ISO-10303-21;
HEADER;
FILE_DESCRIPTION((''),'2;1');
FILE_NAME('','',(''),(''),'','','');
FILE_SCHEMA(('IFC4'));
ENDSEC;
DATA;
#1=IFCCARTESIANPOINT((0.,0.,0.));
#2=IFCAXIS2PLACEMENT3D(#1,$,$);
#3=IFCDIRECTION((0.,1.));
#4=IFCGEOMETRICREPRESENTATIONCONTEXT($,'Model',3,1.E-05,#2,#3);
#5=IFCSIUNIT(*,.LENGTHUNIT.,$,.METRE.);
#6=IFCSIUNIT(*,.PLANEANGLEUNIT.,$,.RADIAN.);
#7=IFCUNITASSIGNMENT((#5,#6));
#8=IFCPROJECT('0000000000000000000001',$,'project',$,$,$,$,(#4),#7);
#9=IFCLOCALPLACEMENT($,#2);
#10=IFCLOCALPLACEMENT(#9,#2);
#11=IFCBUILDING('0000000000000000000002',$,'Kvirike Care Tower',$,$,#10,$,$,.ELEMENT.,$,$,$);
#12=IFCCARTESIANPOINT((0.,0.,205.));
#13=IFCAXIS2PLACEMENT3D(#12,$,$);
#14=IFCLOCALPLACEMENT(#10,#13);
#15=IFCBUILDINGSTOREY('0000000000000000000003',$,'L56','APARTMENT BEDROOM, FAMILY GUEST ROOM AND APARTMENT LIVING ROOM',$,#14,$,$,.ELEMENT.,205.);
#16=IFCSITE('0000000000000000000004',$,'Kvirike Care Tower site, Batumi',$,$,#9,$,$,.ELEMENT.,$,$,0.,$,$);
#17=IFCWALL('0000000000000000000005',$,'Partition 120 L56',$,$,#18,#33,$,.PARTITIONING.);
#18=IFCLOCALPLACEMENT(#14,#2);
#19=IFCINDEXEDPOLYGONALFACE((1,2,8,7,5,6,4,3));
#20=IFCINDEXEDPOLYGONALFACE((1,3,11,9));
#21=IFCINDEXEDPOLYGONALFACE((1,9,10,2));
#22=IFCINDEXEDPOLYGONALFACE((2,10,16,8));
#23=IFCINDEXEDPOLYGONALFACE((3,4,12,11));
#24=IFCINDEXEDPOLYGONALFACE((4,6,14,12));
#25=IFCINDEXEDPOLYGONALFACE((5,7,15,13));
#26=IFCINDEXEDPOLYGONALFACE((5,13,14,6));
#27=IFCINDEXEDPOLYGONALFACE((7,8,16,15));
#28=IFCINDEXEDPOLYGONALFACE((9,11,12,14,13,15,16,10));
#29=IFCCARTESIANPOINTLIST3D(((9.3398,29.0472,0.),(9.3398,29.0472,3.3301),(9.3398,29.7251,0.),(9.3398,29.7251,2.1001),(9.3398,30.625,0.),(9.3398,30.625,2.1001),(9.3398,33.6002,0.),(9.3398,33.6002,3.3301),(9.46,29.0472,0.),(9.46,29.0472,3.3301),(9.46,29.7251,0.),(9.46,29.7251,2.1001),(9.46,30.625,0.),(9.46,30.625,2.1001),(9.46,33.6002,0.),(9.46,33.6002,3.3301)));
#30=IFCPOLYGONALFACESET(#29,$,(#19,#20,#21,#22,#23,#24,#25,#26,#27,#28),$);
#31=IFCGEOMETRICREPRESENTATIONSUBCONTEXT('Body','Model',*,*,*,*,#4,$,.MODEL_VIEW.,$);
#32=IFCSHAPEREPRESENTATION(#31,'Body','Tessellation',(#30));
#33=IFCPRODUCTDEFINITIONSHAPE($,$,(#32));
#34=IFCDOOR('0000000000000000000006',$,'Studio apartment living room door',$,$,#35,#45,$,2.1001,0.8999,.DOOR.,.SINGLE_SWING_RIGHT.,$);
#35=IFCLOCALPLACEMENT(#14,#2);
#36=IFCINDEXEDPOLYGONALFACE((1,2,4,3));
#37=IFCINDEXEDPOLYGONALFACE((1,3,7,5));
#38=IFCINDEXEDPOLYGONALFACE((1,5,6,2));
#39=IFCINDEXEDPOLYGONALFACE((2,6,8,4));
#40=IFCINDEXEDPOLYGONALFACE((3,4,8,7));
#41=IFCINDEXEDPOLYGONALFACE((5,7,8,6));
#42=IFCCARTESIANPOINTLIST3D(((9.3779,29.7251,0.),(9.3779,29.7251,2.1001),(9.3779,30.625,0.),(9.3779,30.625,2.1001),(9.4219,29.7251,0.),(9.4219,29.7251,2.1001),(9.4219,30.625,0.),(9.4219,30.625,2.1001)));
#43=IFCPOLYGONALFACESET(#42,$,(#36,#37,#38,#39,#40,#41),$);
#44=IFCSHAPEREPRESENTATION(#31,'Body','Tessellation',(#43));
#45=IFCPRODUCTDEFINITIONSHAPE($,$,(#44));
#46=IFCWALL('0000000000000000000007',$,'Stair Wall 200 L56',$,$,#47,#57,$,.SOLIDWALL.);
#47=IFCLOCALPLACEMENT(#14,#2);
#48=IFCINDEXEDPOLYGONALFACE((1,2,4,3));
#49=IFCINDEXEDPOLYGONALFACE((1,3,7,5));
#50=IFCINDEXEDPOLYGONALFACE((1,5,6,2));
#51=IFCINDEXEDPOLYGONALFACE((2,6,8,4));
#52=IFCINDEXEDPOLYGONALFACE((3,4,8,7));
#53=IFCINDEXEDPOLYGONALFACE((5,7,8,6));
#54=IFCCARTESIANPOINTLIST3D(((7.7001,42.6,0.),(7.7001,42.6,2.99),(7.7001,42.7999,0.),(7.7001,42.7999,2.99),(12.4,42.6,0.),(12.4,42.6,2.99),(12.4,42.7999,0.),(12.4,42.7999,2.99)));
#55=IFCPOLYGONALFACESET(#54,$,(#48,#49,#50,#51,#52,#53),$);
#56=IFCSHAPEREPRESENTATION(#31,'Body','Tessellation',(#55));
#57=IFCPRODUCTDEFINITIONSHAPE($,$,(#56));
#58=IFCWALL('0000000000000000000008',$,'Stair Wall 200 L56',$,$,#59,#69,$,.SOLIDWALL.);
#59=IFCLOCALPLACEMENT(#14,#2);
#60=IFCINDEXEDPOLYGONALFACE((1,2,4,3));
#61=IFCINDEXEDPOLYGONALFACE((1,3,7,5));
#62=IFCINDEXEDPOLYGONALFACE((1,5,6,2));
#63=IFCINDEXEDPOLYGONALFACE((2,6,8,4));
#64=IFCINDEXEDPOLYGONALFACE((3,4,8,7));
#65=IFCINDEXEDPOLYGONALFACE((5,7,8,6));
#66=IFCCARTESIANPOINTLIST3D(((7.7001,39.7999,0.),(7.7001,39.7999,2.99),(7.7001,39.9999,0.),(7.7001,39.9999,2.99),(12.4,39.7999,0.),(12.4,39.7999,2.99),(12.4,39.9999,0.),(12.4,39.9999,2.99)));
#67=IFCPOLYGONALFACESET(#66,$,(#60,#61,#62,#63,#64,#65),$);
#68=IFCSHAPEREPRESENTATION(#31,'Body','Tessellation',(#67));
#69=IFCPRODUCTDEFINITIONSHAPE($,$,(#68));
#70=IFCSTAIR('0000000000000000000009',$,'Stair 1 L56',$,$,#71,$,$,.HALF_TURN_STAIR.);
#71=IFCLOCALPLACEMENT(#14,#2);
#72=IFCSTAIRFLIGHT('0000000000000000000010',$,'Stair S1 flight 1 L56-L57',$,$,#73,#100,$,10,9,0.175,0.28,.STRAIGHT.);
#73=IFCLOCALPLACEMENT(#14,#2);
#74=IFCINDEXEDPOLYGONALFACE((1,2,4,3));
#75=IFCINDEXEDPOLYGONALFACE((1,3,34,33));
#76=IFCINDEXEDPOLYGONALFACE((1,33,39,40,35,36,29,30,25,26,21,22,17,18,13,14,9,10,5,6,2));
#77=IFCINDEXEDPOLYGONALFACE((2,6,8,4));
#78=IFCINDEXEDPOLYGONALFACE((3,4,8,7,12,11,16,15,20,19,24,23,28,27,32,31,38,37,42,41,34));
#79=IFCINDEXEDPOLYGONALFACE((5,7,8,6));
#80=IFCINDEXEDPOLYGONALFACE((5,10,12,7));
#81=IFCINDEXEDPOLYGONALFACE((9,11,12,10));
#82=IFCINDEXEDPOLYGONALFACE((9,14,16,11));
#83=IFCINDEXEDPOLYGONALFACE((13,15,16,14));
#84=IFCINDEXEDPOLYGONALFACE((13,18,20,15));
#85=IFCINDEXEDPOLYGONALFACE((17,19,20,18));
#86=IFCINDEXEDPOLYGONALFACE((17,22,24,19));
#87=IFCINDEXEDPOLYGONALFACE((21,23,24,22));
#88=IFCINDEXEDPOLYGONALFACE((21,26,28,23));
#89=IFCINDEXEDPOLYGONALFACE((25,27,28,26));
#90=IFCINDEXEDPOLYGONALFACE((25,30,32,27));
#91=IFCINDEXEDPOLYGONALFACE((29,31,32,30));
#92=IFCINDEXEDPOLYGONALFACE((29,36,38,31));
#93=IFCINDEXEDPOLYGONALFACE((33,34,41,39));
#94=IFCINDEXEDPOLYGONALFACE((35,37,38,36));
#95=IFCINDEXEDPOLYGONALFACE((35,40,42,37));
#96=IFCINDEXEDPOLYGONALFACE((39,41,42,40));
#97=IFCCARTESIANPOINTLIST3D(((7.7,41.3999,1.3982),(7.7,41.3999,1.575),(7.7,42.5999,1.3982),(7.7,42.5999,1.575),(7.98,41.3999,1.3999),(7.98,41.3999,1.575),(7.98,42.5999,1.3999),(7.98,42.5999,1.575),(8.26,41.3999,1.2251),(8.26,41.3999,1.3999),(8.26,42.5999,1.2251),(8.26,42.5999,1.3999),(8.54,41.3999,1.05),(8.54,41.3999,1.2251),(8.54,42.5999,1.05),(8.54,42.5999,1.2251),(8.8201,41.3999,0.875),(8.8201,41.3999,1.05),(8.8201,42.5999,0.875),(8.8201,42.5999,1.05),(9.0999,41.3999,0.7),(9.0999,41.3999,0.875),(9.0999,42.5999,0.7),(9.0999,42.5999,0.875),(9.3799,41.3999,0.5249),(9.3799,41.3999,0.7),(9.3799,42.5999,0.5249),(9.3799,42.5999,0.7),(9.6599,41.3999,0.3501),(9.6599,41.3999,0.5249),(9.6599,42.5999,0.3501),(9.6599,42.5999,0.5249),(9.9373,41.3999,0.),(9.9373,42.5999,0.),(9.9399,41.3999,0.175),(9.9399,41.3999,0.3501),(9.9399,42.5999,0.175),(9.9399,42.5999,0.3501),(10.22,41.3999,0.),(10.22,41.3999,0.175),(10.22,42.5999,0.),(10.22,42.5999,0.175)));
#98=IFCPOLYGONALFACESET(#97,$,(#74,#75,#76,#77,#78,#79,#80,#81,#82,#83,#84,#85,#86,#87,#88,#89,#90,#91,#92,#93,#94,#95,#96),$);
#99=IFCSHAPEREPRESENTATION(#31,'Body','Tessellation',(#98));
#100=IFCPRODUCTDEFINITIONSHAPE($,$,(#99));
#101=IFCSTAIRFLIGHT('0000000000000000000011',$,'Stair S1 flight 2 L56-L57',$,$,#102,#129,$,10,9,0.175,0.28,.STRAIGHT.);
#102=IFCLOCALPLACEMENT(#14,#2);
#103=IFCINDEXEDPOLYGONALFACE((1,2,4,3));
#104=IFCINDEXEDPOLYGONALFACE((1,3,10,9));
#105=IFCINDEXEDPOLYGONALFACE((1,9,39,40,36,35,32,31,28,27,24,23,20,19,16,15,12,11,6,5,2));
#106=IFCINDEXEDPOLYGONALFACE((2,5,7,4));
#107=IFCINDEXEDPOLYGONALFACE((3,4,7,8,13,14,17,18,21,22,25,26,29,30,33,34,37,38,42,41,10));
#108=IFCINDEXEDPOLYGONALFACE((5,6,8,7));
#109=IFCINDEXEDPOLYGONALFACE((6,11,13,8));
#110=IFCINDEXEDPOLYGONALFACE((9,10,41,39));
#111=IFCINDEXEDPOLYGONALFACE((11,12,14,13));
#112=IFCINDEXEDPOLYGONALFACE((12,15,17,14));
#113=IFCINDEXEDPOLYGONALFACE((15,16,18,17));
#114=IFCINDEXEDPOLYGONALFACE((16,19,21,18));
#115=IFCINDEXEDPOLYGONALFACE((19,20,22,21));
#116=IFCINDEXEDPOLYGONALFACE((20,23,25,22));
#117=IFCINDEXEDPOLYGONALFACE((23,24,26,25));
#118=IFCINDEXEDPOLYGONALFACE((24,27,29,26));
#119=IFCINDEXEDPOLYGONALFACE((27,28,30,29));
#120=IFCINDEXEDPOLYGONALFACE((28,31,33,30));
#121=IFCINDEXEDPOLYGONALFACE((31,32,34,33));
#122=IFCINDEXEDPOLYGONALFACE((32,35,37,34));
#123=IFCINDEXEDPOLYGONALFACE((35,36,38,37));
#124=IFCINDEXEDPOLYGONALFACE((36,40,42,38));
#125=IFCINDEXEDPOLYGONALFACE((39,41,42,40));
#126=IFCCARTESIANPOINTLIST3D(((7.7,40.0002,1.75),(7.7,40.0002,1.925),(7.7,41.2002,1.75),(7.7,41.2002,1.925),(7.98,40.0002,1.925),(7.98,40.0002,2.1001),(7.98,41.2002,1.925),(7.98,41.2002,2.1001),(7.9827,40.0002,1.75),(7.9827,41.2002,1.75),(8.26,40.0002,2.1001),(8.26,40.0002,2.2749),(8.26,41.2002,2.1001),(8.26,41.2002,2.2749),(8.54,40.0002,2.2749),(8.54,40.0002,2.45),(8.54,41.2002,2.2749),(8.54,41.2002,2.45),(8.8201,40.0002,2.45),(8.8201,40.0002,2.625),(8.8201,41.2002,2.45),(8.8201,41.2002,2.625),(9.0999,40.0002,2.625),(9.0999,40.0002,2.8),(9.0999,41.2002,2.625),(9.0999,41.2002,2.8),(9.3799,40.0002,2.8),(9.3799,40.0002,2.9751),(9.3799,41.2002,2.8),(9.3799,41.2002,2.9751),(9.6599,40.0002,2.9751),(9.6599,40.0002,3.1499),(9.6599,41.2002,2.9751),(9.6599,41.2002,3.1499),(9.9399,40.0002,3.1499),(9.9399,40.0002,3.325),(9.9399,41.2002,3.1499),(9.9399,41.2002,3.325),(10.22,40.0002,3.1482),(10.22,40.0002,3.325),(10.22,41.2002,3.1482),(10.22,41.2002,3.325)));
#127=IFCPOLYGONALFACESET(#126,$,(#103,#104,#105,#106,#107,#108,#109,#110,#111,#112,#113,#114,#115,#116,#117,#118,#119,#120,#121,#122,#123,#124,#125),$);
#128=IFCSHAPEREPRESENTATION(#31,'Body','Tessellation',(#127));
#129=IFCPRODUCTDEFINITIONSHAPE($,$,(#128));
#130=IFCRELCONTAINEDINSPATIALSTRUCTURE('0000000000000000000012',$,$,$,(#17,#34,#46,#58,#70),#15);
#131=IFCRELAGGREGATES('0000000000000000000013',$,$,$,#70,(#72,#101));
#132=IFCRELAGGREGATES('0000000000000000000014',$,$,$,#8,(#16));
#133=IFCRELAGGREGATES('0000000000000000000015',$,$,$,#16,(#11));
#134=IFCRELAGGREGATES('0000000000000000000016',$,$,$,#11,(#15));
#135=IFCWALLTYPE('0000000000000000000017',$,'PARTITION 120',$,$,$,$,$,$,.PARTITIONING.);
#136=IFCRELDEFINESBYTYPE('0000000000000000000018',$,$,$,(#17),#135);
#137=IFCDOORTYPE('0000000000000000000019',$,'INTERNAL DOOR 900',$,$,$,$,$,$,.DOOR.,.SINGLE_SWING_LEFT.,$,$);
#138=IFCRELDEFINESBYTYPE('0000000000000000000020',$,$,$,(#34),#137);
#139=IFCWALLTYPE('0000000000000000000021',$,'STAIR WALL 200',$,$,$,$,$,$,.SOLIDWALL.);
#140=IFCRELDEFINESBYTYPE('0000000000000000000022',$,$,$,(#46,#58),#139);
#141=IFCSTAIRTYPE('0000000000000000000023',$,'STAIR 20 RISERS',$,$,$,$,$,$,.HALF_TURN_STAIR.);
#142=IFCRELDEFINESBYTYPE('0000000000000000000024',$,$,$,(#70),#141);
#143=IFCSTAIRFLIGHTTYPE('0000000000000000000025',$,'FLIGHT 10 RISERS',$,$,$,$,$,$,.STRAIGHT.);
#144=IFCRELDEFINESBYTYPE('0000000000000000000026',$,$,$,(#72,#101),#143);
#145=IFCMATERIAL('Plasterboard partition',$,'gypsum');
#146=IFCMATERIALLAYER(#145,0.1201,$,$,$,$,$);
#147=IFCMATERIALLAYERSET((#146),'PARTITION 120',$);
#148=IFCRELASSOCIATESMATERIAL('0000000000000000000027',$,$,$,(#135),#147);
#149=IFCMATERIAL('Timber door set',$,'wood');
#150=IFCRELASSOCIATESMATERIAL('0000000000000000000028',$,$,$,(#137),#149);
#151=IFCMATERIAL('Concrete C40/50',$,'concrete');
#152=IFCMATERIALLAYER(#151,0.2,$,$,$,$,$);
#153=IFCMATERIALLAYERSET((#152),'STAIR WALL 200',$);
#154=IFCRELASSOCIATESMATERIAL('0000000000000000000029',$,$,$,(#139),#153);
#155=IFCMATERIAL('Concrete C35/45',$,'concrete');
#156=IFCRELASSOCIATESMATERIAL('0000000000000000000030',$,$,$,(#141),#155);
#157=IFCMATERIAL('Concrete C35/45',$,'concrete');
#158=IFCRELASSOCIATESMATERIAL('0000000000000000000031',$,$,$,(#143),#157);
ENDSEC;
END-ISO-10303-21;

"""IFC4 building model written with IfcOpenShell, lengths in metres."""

from ifc_helpers import new_model, si_unit, direction, frame, frame_2d, origin, place, context, subcontext, project, spatial, polyline, rectangle, outline, extrude, material, layer, layer_set, type_object, element, fill, aggregate, save


model = new_model("IFC4")

# Units and contexts
model_context = context("Model", 3, precision=1e-05, world=origin(), true_north=direction((0.0, 1.0)))
body_context = subcontext(model_context, "Body", "Model", "MODEL_VIEW")
ifc_project = project(units=[si_unit("LENGTHUNIT", "METRE"), si_unit("PLANEANGLEUNIT", "RADIAN")], contexts=[model_context])

# Site, building, storey
site_placement = place(None, origin())
site = spatial("IfcSite", under=ifc_project, at=site_placement, Name="Kvirike Care Tower site, Batumi", CompositionType="ELEMENT", RefElevation=0.0)
building_placement = place(site_placement, origin())
building = spatial("IfcBuilding", under=site, at=building_placement, Name="Kvirike Care Tower", CompositionType="ELEMENT")
storey_placement = place(building_placement, frame((0.0, 0.0, 205.0)))
storey = spatial("IfcBuildingStorey", under=building, at=storey_placement, Name="L56", Description="APARTMENT BEDROOM, FAMILY GUEST ROOM AND APARTMENT LIVING ROOM", CompositionType="ELEMENT", Elevation=205.0)

# Wall, opening, door
ifc_material_1 = material(Name="Plasterboard partition", Category="gypsum")
ifc_layer_1 = layer(ifc_material_1, 0.1201)
ifc_layer_set_1 = layer_set([ifc_layer_1], Name="PARTITION 120")
wall_type_1 = type_object("IfcWallType", Name="PARTITION 120", PredefinedType="PARTITIONING", material=ifc_layer_set_1)
ifc_material_2 = material(Name="Timber door set", Category="wood")
door_type_1 = type_object("IfcDoorType", Name="INTERNAL DOOR 900", OperationType="SINGLE_SWING_LEFT", PredefinedType="DOOR", material=ifc_material_2)
wall_1_placement = place(storey_placement, frame((9.3999, 33.6001, 0.0), z_axis=(0.0, 0.0, 1.0), x_axis=(0.0, -1.0, 0.0)))
wall_1 = element("IfcWall", 1, at=wall_1_placement, inside=storey, type_object=wall_type_1, Name="Partition 120 L56", PredefinedType="PARTITIONING", context=body_context, shape_type="SweptSolid", body=[
    extrude(rectangle(XDim=4.553, YDim=0.1201, at=frame_2d((2.2764, 0.0))), origin(), (0.0, 0.0, 1.0), 3.3301),
])
opening_1_placement = place(wall_1_placement, frame((2.9751, 0.0, 0.0)))
opening_1 = element("IfcOpeningElement", 2, at=opening_1_placement, cuts=wall_1, PredefinedType="OPENING", context=body_context, shape_type="SweptSolid", body=[
    extrude(rectangle(XDim=0.8999, YDim=2.1001, at=frame_2d((0.45, 1.05))), frame((0.0, 0.0706, 0.0), z_axis=(0.0, -1.0, 0.0), x_axis=(1.0, 0.0, 0.0)), (0.0, 0.0, 1.0), 0.1411),
])
door_1_placement = place(opening_1_placement, origin())
door_1 = element("IfcDoor", 3, at=door_1_placement, inside=storey, type_object=door_type_1, Name="Studio apartment living room door", OperationType="SINGLE_SWING_RIGHT", OverallHeight=2.1001, OverallWidth=0.8999, PredefinedType="DOOR", context=body_context, shape_type="SweptSolid", body=[
    extrude(rectangle(XDim=0.8999, YDim=2.1001, at=frame_2d((0.45, 1.05))), frame((0.0, 0.022, 0.0), z_axis=(0.0, -1.0, 0.0), x_axis=(1.0, 0.0, 0.0)), (0.0, 0.0, 1.0), 0.0439),
])
fill(opening_1, door_1)

# Walls
ifc_material_3 = material(Name="Concrete C40/50", Category="concrete")
ifc_layer_2 = layer(ifc_material_3, 0.2)
ifc_layer_set_2 = layer_set([ifc_layer_2], Name="STAIR WALL 200")
wall_type_2 = type_object("IfcWallType", Name="STAIR WALL 200", PredefinedType="SOLIDWALL", material=ifc_layer_set_2)
for number, where, z_axis, x_axis, name in (
    (4, (7.7, 42.7, 0.0), (0.0, 0.0, 1.0), (1.0, 0.0, 0.0), "Stair Wall 200 L56"),
    (5, (7.7, 39.8999, 0.0), (0.0, 0.0, 1.0), (1.0, 0.0, 0.0), "Stair Wall 200 L56"),
):
    element("IfcWall", number, at=place(storey_placement, frame(where, z_axis=z_axis, x_axis=x_axis)), inside=storey, type_object=wall_type_2, Name=name, PredefinedType="SOLIDWALL", context=body_context, shape_type="SweptSolid", body=[
        extrude(rectangle(XDim=4.7, YDim=0.2, at=frame_2d((2.3501, 0.0))), origin(), (0.0, 0.0, 1.0), 2.99),
    ])

# Stair, stair flights
ifc_material_4 = material(Name="Concrete C35/45", Category="concrete")
stair_type = type_object("IfcStairType", Name="STAIR 20 RISERS", PredefinedType="HALF_TURN_STAIR", material=ifc_material_4)
stair_placement = place(storey_placement, origin())
stair = element("IfcStair", 6, at=stair_placement, inside=storey, type_object=stair_type, Name="Stair 1 L56", PredefinedType="HALF_TURN_STAIR")
ifc_material_5 = material(Name="Concrete C35/45", Category="concrete")
stair_flight_type = type_object("IfcStairFlightType", Name="FLIGHT 10 RISERS", PredefinedType="STRAIGHT", material=ifc_material_5)
stair_flight_1_placement = place(storey_placement, frame((10.22, 42.0, 0.0), z_axis=(0.0, 0.0, 1.0), x_axis=(-1.0, 0.0, 0.0)))
stair_flight_1 = element("IfcStairFlight", 7, at=stair_flight_1_placement, type_object=stair_flight_type, Name="Stair S1 flight 1 L56-L57", NumberOfRisers=10, NumberOfTreads=9, PredefinedType="STRAIGHT", RiserHeight=0.175, TreadLength=0.28, context=body_context, shape_type="SweptSolid", body=[
    extrude(outline(polyline([(0.0, 0.0), (0.0, 0.175), (0.28, 0.175), (0.28, 0.3501), (0.5601, 0.3501), (0.5601, 0.5249), (0.8401, 0.5249), (0.8401, 0.7), (1.1201, 0.7), (1.1201, 0.875), (1.3999, 0.875), (1.3999, 1.05), (1.6799, 1.05), (1.6799, 1.2251), (1.96, 1.2251), (1.96, 1.3999), (2.24, 1.3999), (2.24, 1.575), (2.52, 1.575), (2.52, 1.75), (2.52, 1.3982), (0.2827, 0.0), (0.0, 0.0)])), frame((0.0, 0.6001, 0.0), z_axis=(0.0, -1.0, 0.0), x_axis=(1.0, 0.0, 0.0)), (0.0, 0.0, 1.0), 1.2),
])
stair_flight_2_placement = place(storey_placement, frame((7.7, 40.6001, 1.75), z_axis=(0.0, 0.0, 1.0), x_axis=(1.0, 0.0, 0.0)))
stair_flight_2 = element("IfcStairFlight", 8, at=stair_flight_2_placement, type_object=stair_flight_type, Name="Stair S1 flight 2 L56-L57", NumberOfRisers=10, NumberOfTreads=9, PredefinedType="STRAIGHT", RiserHeight=0.175, TreadLength=0.28, context=body_context, shape_type="SweptSolid", body=[
    extrude(outline(polyline([(0.0, 0.0), (0.0, 0.175), (0.28, 0.175), (0.28, 0.3501), (0.5601, 0.3501), (0.5601, 0.5249), (0.8401, 0.5249), (0.8401, 0.7), (1.1201, 0.7), (1.1201, 0.875), (1.3999, 0.875), (1.3999, 1.05), (1.6799, 1.05), (1.6799, 1.2251), (1.96, 1.2251), (1.96, 1.3999), (2.24, 1.3999), (2.24, 1.575), (2.52, 1.575), (2.52, 1.75), (2.52, 1.3982), (0.2827, 0.0), (0.0, 0.0)])), frame((0.0, 0.6001, 0.0), z_axis=(0.0, -1.0, 0.0), x_axis=(1.0, 0.0, 0.0)), (0.0, 0.0, 1.0), 1.2),
])
aggregate(stair, [stair_flight_1, stair_flight_2])

save(model, "model.ifc")
